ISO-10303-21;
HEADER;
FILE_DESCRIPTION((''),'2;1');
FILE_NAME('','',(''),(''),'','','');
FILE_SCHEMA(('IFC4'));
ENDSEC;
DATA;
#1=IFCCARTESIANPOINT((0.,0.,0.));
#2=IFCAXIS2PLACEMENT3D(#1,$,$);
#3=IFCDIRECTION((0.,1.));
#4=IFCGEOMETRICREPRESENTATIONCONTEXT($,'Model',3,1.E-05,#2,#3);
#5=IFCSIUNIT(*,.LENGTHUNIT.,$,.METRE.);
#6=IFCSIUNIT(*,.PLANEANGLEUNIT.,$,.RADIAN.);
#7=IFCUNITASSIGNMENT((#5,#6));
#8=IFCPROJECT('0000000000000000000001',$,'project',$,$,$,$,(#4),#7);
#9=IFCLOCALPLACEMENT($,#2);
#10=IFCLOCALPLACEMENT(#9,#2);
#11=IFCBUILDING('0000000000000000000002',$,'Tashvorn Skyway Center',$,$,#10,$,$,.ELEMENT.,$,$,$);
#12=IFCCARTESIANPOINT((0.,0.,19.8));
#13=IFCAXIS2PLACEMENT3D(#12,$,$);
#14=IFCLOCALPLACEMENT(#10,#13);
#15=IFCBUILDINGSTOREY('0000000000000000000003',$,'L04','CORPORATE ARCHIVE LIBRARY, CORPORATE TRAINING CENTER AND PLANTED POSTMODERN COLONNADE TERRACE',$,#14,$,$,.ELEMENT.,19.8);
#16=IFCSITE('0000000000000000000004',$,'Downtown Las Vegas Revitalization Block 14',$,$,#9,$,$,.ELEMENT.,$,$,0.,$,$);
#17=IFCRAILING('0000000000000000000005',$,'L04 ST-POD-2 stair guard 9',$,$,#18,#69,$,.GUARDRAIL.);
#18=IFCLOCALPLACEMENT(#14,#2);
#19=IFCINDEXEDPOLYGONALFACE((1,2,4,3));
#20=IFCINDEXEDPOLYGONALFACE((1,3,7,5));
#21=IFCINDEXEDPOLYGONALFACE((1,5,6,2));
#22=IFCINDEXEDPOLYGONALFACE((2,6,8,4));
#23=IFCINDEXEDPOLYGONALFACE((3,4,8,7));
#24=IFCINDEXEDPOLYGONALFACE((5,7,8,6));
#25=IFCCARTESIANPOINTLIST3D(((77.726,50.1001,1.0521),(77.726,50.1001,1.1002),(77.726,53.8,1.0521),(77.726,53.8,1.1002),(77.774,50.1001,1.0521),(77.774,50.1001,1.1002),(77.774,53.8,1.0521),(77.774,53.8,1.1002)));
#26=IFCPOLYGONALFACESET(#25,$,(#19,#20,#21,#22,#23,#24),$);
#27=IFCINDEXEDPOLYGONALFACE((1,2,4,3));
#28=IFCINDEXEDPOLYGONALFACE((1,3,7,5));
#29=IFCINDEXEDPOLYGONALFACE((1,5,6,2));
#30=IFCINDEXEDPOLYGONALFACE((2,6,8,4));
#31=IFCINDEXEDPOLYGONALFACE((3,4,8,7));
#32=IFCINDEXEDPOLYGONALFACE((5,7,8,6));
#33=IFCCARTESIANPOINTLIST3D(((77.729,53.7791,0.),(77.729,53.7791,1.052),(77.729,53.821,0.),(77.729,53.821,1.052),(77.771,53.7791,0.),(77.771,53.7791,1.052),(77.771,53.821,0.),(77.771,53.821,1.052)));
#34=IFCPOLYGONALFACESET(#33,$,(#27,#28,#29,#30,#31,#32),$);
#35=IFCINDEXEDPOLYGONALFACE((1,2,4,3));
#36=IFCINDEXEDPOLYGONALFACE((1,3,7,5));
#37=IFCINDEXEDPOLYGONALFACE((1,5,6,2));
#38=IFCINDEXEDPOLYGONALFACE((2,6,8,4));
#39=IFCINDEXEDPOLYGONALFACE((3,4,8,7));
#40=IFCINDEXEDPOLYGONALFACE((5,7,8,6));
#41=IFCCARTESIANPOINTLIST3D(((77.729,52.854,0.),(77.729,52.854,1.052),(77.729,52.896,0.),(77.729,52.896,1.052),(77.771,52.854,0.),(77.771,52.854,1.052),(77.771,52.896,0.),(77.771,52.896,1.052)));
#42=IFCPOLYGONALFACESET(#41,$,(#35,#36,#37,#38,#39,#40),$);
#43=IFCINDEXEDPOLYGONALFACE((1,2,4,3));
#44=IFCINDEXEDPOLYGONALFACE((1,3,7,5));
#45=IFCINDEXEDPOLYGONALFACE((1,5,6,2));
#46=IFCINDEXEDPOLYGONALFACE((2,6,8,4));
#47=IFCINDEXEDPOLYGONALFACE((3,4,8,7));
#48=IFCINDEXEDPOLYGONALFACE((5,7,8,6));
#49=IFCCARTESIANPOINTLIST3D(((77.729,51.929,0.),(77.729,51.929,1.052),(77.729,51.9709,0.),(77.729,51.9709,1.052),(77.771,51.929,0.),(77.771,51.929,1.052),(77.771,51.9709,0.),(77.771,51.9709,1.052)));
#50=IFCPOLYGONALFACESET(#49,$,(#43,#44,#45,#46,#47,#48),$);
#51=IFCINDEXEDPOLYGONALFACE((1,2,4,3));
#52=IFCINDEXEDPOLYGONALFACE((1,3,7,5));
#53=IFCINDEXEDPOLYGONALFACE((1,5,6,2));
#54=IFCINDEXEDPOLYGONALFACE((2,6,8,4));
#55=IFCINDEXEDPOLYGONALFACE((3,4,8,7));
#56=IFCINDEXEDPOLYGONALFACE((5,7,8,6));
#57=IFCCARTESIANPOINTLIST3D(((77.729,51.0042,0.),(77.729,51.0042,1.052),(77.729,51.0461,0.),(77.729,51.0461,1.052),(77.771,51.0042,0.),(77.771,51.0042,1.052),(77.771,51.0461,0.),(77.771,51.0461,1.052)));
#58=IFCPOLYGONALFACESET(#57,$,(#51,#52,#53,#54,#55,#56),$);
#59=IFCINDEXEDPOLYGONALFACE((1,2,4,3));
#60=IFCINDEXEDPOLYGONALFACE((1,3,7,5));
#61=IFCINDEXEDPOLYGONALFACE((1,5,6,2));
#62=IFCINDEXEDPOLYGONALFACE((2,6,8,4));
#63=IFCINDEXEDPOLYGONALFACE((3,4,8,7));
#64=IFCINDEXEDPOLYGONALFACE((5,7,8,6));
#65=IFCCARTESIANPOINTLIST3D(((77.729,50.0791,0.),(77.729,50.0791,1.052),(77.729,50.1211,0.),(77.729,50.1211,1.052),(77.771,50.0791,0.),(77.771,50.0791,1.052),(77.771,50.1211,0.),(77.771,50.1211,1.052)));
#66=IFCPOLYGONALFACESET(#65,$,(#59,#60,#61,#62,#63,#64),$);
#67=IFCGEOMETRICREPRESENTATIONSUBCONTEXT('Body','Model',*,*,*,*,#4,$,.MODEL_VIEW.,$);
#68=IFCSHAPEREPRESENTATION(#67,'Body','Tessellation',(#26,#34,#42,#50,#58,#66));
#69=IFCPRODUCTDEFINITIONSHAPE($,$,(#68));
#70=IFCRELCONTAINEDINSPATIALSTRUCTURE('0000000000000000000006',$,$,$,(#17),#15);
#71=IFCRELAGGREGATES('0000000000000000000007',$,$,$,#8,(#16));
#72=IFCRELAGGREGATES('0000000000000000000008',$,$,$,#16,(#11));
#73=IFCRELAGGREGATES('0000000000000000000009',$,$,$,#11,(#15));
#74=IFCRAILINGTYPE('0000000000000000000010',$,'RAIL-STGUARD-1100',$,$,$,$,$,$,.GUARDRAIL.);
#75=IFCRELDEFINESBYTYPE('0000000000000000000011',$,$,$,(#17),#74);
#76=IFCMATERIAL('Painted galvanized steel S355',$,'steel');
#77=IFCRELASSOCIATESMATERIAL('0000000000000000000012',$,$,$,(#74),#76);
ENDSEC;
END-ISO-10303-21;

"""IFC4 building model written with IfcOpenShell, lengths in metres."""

from ifc_helpers import new_model, si_unit, direction, frame, origin, origin_2d, place, context, subcontext, project, spatial, rectangle, extrude, material, type_object, element, save


model = new_model("IFC4")

# Units and contexts
model_context = context("Model", 3, precision=1e-05, world=origin(), true_north=direction((0.0, 1.0)))
body_context = subcontext(model_context, "Body", "Model", "MODEL_VIEW")
ifc_project = project(units=[si_unit("LENGTHUNIT", "METRE"), si_unit("PLANEANGLEUNIT", "RADIAN")], contexts=[model_context])

# Site, building, storey
site_placement = place(None, origin())
site = spatial("IfcSite", under=ifc_project, at=site_placement, Name="Downtown Las Vegas Revitalization Block 14", CompositionType="ELEMENT", RefElevation=0.0)
building_placement = place(site_placement, origin())
building = spatial("IfcBuilding", under=site, at=building_placement, Name="Tashvorn Skyway Center", CompositionType="ELEMENT")
storey_placement = place(building_placement, frame((0.0, 0.0, 19.8)))
storey = spatial("IfcBuildingStorey", under=building, at=storey_placement, Name="L04", Description="CORPORATE ARCHIVE LIBRARY, CORPORATE TRAINING CENTER AND PLANTED POSTMODERN COLONNADE TERRACE", CompositionType="ELEMENT", Elevation=19.8)

# Railing
ifc_material_1 = material(Name="Painted galvanized steel S355", Category="steel")
railing_type_1 = type_object("IfcRailingType", Name="RAIL-STGUARD-1100", PredefinedType="GUARDRAIL", material=ifc_material_1)
railing_1_placement = place(storey_placement, frame((77.75, 53.8, 0.0)))
element("IfcRailing", 1, at=railing_1_placement, inside=storey, type_object=railing_type_1, Name="L04 ST-POD-2 stair guard 9", PredefinedType="GUARDRAIL", context=body_context, shape_type="SweptSolid", body=[
    extrude(rectangle(XDim=0.0481, YDim=0.0481, at=origin_2d()), frame((0.0, 0.0, 1.0762), z_axis=(0.0, -1.0, 0.0), x_axis=(1.0, 0.0, 0.0)), (0.0, 0.0, 1.0), 3.7),
    extrude(rectangle(XDim=0.042, YDim=0.042, at=origin_2d()), origin(), (0.0, 0.0, 1.0), 1.052),
    extrude(rectangle(XDim=0.042, YDim=0.042, at=origin_2d()), frame((0.0, -0.925, 0.0)), (0.0, 0.0, 1.0), 1.052),
    extrude(rectangle(XDim=0.042, YDim=0.042, at=origin_2d()), frame((0.0, -1.8501, 0.0)), (0.0, 0.0, 1.0), 1.052),
    extrude(rectangle(XDim=0.042, YDim=0.042, at=origin_2d()), frame((0.0, -2.7749, 0.0)), (0.0, 0.0, 1.0), 1.052),
    extrude(rectangle(XDim=0.042, YDim=0.042, at=origin_2d()), frame((0.0, -3.7, 0.0)), (0.0, 0.0, 1.0), 1.052),
])

save(model, "model.ifc")
